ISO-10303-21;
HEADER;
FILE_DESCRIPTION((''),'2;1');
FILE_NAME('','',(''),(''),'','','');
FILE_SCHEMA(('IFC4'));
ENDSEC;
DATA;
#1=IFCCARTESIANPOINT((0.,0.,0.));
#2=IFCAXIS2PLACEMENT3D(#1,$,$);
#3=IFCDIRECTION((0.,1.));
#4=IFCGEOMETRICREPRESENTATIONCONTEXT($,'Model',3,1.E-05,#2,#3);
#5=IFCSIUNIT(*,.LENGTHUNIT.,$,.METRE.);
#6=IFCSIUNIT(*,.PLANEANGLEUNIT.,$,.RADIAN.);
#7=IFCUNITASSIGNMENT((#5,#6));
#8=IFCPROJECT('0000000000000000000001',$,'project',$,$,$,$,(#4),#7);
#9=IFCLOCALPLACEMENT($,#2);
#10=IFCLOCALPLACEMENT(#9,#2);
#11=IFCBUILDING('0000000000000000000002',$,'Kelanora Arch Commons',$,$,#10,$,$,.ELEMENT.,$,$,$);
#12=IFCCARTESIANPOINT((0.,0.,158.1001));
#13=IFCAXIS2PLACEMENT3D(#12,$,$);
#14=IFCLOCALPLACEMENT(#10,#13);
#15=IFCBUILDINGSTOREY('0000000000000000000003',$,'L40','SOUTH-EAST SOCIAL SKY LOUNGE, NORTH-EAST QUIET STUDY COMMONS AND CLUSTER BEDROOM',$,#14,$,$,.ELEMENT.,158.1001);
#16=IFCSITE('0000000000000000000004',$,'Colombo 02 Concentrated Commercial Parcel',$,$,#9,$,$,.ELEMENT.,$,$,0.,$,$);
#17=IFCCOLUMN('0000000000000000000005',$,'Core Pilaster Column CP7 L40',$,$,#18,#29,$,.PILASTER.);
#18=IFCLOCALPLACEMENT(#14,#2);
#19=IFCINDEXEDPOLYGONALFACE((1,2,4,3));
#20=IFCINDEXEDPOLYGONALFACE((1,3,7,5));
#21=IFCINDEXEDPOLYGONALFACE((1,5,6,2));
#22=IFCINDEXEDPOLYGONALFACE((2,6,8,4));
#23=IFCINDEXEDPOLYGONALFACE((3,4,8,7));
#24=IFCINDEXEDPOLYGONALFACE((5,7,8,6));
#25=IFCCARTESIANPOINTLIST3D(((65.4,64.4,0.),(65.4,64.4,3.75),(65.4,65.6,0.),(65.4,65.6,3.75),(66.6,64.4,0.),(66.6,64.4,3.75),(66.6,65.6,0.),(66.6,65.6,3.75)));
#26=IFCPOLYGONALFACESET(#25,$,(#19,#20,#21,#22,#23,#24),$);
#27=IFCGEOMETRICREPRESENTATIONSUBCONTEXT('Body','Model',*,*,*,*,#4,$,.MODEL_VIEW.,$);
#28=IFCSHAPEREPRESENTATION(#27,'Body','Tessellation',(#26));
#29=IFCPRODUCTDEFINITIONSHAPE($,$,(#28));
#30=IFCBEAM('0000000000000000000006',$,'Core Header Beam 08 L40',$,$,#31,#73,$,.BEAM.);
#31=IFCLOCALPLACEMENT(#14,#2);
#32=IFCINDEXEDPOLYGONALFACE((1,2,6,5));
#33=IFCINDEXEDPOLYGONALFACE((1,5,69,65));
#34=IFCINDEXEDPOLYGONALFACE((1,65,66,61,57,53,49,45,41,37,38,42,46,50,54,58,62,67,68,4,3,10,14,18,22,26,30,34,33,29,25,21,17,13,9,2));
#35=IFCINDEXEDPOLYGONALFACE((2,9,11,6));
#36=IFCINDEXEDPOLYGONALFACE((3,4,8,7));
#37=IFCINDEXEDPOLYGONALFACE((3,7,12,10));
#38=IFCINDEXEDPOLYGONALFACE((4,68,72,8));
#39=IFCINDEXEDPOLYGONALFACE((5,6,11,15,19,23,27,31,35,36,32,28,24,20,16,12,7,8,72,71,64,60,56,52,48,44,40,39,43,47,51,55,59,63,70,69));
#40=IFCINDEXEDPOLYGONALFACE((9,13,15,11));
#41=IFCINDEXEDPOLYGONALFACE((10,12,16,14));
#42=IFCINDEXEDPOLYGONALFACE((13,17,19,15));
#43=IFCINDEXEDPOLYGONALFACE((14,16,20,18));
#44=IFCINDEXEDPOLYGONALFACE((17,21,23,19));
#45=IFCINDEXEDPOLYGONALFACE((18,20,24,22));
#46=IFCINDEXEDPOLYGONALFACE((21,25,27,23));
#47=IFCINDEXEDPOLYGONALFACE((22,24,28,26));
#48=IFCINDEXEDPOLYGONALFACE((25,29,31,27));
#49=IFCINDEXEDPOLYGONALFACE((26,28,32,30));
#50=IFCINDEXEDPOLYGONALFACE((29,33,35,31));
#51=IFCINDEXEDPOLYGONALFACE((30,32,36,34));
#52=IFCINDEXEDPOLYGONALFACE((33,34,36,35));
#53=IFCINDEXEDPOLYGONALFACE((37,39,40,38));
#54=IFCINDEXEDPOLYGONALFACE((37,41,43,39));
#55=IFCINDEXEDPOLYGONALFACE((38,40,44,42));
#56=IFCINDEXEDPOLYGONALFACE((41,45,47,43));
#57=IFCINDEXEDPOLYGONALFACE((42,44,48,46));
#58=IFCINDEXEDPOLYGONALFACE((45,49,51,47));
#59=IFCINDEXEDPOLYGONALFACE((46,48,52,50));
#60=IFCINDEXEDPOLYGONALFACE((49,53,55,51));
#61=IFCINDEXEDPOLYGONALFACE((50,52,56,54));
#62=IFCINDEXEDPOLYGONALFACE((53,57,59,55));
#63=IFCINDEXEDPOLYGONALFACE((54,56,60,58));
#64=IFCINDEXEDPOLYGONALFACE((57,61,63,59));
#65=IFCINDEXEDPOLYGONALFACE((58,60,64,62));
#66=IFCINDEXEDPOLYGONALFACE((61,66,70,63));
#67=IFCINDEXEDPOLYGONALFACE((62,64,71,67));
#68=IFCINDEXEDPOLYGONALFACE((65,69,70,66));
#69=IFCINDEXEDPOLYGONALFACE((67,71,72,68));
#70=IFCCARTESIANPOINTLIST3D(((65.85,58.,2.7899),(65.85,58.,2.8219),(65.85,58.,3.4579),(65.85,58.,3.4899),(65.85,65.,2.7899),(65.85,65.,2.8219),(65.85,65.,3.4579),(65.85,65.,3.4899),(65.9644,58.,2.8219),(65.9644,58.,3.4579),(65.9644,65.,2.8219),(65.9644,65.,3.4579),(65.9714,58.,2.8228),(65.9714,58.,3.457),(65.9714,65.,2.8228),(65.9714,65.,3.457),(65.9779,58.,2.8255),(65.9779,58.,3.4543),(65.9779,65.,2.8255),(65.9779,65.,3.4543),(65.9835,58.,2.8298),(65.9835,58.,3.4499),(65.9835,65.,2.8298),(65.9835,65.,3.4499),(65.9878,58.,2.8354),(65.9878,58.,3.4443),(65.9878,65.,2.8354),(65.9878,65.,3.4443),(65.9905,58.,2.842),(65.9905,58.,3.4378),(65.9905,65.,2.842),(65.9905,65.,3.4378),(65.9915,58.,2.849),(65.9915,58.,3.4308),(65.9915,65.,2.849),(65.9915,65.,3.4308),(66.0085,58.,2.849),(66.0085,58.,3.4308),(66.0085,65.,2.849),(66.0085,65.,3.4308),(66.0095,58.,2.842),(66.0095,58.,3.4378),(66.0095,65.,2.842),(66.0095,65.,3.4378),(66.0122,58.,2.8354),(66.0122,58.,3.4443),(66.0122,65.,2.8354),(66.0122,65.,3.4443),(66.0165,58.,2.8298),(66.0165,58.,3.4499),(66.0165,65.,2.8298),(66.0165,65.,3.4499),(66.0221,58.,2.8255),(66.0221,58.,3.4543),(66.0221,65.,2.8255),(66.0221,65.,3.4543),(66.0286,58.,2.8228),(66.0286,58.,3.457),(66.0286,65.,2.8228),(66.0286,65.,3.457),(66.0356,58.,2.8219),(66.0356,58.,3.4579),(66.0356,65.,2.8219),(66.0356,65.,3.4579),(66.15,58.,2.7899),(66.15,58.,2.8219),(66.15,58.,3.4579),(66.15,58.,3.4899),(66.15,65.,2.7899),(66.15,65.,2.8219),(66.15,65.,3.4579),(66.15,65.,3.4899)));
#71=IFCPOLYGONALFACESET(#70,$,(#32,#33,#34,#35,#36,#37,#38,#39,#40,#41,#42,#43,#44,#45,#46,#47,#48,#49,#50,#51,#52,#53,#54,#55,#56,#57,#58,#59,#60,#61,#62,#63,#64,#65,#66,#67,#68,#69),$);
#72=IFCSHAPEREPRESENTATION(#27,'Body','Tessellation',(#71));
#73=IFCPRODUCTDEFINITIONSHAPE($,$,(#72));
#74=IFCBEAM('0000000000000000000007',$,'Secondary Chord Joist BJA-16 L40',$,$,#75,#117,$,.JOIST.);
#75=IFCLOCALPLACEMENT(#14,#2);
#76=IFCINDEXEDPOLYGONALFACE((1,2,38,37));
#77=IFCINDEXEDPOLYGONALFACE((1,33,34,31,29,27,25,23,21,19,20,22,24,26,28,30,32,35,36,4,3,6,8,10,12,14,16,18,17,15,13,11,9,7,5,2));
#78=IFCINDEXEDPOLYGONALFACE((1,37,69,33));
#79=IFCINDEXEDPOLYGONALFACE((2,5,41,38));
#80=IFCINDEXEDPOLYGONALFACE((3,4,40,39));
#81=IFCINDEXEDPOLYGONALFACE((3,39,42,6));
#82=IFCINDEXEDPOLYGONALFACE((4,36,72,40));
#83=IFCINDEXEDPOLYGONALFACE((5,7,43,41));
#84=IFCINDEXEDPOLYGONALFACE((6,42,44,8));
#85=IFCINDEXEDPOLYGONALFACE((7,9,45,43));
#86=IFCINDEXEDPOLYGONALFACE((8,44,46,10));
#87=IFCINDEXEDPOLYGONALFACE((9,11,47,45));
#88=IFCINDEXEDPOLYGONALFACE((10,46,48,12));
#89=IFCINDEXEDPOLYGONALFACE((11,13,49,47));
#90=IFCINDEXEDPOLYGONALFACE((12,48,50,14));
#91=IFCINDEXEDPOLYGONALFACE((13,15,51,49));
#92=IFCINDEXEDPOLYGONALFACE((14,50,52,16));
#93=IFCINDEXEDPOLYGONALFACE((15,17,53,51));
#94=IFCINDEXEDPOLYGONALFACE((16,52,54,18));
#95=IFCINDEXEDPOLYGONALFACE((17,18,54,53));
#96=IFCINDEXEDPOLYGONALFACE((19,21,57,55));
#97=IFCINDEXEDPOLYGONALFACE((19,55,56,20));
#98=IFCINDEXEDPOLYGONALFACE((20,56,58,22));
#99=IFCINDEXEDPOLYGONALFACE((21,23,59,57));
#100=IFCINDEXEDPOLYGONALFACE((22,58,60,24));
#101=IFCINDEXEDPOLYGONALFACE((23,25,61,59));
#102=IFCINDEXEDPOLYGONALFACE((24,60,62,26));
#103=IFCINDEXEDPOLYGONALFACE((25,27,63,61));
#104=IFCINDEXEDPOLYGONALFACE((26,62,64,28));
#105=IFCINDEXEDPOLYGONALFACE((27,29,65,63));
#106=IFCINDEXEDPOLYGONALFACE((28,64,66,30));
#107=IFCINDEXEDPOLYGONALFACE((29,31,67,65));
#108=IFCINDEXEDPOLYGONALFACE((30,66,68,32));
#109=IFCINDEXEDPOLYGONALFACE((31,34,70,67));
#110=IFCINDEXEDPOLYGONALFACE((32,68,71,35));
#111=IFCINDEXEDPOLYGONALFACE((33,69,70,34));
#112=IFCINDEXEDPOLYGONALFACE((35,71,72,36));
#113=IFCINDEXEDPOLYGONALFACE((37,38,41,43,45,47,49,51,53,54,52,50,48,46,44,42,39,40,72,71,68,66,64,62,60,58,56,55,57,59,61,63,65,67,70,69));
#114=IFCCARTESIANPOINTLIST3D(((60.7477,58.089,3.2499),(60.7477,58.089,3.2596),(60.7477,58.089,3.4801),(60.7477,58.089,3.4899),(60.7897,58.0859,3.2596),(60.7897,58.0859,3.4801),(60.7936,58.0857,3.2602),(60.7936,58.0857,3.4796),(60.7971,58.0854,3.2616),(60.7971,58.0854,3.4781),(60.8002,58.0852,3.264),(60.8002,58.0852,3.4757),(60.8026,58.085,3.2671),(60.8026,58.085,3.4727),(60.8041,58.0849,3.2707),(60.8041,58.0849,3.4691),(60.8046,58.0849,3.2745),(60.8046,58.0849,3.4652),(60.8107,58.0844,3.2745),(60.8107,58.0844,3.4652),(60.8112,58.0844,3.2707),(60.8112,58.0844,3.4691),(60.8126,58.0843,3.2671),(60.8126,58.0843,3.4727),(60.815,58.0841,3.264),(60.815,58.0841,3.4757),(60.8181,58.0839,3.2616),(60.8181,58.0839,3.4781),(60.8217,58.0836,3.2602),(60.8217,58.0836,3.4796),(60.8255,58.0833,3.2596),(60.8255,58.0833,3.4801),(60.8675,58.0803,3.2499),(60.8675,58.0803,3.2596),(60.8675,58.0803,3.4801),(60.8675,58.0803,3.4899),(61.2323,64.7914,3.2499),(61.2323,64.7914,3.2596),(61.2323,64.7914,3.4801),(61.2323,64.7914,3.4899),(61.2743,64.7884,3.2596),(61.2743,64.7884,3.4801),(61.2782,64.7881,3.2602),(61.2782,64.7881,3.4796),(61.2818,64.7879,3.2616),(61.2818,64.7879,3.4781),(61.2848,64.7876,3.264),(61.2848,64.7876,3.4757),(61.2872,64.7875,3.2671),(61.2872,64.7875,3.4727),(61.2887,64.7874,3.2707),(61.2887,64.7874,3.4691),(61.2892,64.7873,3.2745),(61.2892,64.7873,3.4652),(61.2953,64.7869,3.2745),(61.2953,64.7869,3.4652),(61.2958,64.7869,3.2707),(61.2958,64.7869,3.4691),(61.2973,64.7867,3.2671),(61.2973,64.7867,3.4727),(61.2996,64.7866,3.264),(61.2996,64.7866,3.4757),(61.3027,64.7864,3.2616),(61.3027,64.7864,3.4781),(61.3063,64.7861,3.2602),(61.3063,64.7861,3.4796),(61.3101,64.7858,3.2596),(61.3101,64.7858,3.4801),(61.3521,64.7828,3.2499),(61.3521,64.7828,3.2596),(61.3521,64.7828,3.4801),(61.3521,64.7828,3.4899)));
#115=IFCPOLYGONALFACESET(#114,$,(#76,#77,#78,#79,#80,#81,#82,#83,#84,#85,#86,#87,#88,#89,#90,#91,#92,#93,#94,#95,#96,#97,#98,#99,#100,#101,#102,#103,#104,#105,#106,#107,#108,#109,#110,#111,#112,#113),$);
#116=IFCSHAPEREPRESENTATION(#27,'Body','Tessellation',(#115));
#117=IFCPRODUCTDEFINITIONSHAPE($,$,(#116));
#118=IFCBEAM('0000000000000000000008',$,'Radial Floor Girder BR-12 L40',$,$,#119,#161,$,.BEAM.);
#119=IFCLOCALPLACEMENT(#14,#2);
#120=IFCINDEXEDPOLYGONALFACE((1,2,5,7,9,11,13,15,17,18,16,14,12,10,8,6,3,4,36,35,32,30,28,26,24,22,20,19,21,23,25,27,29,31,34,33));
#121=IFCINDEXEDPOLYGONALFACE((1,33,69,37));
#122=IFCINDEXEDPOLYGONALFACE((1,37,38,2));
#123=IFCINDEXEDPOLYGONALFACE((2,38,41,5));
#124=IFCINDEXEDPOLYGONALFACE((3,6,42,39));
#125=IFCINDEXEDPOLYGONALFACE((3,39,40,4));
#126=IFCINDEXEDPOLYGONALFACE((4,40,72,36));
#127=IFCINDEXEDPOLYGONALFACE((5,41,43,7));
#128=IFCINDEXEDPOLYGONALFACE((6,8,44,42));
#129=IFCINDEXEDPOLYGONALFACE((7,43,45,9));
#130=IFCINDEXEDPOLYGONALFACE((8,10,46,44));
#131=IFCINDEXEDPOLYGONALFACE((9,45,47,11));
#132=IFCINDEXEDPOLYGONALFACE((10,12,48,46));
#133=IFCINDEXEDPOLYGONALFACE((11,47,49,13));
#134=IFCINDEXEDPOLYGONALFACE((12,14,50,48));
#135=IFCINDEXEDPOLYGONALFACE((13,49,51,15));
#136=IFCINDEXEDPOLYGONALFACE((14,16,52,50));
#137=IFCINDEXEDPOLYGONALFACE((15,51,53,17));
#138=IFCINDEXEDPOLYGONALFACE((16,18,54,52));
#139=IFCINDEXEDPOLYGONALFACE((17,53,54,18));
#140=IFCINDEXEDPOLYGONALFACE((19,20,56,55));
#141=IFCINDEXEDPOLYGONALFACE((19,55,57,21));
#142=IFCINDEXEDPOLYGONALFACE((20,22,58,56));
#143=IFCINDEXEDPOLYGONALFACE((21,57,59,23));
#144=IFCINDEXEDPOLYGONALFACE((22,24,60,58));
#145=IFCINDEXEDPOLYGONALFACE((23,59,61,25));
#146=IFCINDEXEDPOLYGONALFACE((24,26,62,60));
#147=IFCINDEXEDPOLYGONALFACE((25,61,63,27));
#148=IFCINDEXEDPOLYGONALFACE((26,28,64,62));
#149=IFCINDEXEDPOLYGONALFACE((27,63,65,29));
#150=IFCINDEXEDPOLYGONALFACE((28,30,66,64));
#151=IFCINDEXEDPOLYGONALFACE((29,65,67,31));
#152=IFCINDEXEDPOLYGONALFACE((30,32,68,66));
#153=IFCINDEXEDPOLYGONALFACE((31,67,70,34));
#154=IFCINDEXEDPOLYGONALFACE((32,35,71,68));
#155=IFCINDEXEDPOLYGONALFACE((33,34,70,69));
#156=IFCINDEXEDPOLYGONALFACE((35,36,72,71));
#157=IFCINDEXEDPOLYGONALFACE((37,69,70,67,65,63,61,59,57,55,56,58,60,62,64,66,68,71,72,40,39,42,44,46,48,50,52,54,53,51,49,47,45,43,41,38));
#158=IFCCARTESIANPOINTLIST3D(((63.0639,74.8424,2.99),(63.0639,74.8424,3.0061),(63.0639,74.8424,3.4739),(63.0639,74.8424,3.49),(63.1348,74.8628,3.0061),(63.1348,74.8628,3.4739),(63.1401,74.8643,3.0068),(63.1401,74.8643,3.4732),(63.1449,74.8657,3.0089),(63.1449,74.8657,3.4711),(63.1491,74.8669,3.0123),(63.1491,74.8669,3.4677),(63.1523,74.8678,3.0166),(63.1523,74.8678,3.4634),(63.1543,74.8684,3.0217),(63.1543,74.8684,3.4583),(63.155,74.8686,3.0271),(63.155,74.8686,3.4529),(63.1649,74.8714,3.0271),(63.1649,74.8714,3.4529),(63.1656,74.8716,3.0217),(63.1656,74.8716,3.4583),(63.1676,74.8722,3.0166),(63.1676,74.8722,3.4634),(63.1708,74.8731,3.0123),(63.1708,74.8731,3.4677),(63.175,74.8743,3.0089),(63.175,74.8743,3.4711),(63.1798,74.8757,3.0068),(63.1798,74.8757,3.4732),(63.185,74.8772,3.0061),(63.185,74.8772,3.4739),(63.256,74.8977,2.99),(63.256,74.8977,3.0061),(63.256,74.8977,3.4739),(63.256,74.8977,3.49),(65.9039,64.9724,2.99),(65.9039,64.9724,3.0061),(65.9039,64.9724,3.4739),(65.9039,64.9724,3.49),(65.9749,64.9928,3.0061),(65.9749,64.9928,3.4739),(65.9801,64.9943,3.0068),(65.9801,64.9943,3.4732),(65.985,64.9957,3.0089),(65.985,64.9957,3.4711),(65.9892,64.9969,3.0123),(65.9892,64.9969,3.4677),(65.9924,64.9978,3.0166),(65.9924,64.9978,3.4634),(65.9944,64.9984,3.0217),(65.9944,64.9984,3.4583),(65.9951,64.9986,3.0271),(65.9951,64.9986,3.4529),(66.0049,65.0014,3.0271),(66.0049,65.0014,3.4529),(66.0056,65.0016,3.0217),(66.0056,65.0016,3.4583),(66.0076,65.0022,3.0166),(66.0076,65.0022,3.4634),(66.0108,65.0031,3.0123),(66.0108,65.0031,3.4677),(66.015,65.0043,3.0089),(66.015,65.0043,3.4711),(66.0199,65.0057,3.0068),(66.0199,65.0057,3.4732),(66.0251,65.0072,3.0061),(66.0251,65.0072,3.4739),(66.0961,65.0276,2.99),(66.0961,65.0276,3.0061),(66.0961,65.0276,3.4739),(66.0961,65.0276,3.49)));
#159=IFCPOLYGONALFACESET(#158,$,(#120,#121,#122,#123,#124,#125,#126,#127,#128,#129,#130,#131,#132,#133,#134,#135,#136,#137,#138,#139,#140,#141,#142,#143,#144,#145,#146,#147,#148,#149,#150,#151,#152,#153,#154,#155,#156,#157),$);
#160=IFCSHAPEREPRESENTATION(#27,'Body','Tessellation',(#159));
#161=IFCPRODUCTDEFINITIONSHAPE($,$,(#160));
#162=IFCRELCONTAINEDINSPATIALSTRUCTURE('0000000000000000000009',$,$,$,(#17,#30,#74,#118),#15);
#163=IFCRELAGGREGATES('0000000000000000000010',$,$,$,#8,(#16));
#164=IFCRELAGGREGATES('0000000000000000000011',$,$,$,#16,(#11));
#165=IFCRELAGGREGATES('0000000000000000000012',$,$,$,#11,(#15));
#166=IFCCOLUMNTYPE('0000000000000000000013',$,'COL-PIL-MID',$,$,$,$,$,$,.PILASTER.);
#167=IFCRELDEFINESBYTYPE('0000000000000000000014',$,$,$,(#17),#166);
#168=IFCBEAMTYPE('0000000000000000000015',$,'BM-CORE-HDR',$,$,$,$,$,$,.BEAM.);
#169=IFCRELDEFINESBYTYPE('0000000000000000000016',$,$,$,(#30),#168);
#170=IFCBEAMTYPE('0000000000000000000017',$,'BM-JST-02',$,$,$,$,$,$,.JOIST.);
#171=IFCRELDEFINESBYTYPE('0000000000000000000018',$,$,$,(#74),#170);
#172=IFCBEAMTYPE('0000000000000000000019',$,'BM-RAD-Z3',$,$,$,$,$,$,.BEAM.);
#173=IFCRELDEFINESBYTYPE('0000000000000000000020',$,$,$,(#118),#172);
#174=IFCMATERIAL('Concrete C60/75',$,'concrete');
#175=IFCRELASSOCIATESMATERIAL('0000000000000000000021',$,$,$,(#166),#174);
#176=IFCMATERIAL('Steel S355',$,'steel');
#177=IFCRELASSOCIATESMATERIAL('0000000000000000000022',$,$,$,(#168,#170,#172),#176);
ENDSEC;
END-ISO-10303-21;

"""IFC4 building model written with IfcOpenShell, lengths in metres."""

from ifc_helpers import new_model, si_unit, direction, frame, origin, origin_2d, place, context, subcontext, project, spatial, rectangle, i_section, extrude, material, material_profile, profile_set, type_object, element, save


model = new_model("IFC4")

# Units and contexts
model_context = context("Model", 3, precision=1e-05, world=origin(), true_north=direction((0.0, 1.0)))
body_context = subcontext(model_context, "Body", "Model", "MODEL_VIEW")
ifc_project = project(units=[si_unit("LENGTHUNIT", "METRE"), si_unit("PLANEANGLEUNIT", "RADIAN")], contexts=[model_context])

# Site, building, storey
site_placement = place(None, origin())
site = spatial("IfcSite", under=ifc_project, at=site_placement, Name="Colombo 02 Concentrated Commercial Parcel", CompositionType="ELEMENT", RefElevation=0.0)
building_placement = place(site_placement, origin())
building = spatial("IfcBuilding", under=site, at=building_placement, Name="Kelanora Arch Commons", CompositionType="ELEMENT")
storey_placement = place(building_placement, frame((0.0, 0.0, 158.1001)))
storey = spatial("IfcBuildingStorey", under=building, at=storey_placement, Name="L40", Description="SOUTH-EAST SOCIAL SKY LOUNGE, NORTH-EAST QUIET STUDY COMMONS AND CLUSTER BEDROOM", CompositionType="ELEMENT", Elevation=158.1001)

# Column
ifc_material_1 = material(Name="Concrete C60/75", Category="concrete")
ifc_material_profile_1 = material_profile(ifc_material_1, rectangle(XDim=1.2, YDim=1.2, at=origin_2d()), Name="RC1200x1200")
ifc_profile_set_1 = profile_set([ifc_material_profile_1], Name="Concrete C60/75")
column_type = type_object("IfcColumnType", Name="COL-PIL-MID", PredefinedType="PILASTER", material=ifc_profile_set_1)
column_placement = place(storey_placement, frame((66.0, 65.0, 0.0), z_axis=(0.0, 0.0, 1.0), x_axis=(1.0, 0.0, 0.0)))
element("IfcColumn", 1, at=column_placement, inside=storey, type_object=column_type, Name="Core Pilaster Column CP7 L40", PredefinedType="PILASTER", context=body_context, shape_type="SweptSolid", body=[
    extrude(rectangle(XDim=1.2, YDim=1.2, at=origin_2d()), origin(), (0.0, 0.0, 1.0), 3.75),
])

# Beams
ifc_material_2 = material(Name="Steel S355", Category="steel")
ifc_material_profile_2 = material_profile(ifc_material_2, i_section(OverallWidth=0.3, OverallDepth=0.7, WebThickness=0.0171, FlangeThickness=0.032, FilletRadius=0.0271, at=origin_2d()), Name="HEB700")
ifc_profile_set_2 = profile_set([ifc_material_profile_2], Name="Steel S355")
beam_type_1 = type_object("IfcBeamType", Name="BM-CORE-HDR", PredefinedType="BEAM", material=ifc_profile_set_2)
beam_1_placement = place(storey_placement, frame((66.0, 65.0, 3.1399), z_axis=(0.0, -1.0, 0.0), x_axis=(1.0, 0.0, 0.0)))
element("IfcBeam", 2, at=beam_1_placement, inside=storey, type_object=beam_type_1, Name="Core Header Beam 08 L40", PredefinedType="BEAM", context=body_context, shape_type="SweptSolid", body=[
    extrude(i_section(OverallWidth=0.3, OverallDepth=0.7, WebThickness=0.0171, FlangeThickness=0.032, FilletRadius=0.0271, at=origin_2d()), origin(), (0.0, 0.0, 1.0), 7.0),
])
ifc_material_profile_3 = material_profile(ifc_material_2, i_section(OverallWidth=0.1201, OverallDepth=0.24, WebThickness=0.0061, FlangeThickness=0.0098, FilletRadius=0.0149, at=origin_2d()), Name="IPE240")
ifc_profile_set_3 = profile_set([ifc_material_profile_3], Name="Steel S355")
beam_type_2 = type_object("IfcBeamType", Name="BM-JST-02", PredefinedType="JOIST", material=ifc_profile_set_3)
beam_2_placement = place(storey_placement, frame((61.2922, 64.7871, 3.3699), z_axis=(-0.072117, -0.997396, 0.0), x_axis=(0.997396, -0.072117, 0.0)))
element("IfcBeam", 3, at=beam_2_placement, inside=storey, type_object=beam_type_2, Name="Secondary Chord Joist BJA-16 L40", PredefinedType="JOIST", context=body_context, shape_type="SweptSolid", body=[
    extrude(i_section(OverallWidth=0.1201, OverallDepth=0.24, WebThickness=0.0061, FlangeThickness=0.0098, FilletRadius=0.0149, at=origin_2d()), origin(), (0.0, 0.0, 1.0), 6.72),
])
ifc_material_profile_4 = material_profile(ifc_material_2, i_section(OverallWidth=0.2, OverallDepth=0.5, WebThickness=0.0103, FlangeThickness=0.0161, FilletRadius=0.021, at=origin_2d()), Name="IPE500")
ifc_profile_set_4 = profile_set([ifc_material_profile_4], Name="Steel S355")
beam_type_3 = type_object("IfcBeamType", Name="BM-RAD-Z3", PredefinedType="BEAM", material=ifc_profile_set_4)
beam_3_placement = place(storey_placement, frame((66.0, 65.0, 3.24), z_axis=(-0.276526, 0.961006, 0.0), x_axis=(-0.961006, -0.276526, 0.0)))
element("IfcBeam", 4, at=beam_3_placement, inside=storey, type_object=beam_type_3, Name="Radial Floor Girder BR-12 L40", PredefinedType="BEAM", context=body_context, shape_type="SweptSolid", body=[
    extrude(i_section(OverallWidth=0.2, OverallDepth=0.5, WebThickness=0.0103, FlangeThickness=0.0161, FilletRadius=0.021, at=origin_2d()), origin(), (0.0, 0.0, 1.0), 10.2705),
])

save(model, "model.ifc")
